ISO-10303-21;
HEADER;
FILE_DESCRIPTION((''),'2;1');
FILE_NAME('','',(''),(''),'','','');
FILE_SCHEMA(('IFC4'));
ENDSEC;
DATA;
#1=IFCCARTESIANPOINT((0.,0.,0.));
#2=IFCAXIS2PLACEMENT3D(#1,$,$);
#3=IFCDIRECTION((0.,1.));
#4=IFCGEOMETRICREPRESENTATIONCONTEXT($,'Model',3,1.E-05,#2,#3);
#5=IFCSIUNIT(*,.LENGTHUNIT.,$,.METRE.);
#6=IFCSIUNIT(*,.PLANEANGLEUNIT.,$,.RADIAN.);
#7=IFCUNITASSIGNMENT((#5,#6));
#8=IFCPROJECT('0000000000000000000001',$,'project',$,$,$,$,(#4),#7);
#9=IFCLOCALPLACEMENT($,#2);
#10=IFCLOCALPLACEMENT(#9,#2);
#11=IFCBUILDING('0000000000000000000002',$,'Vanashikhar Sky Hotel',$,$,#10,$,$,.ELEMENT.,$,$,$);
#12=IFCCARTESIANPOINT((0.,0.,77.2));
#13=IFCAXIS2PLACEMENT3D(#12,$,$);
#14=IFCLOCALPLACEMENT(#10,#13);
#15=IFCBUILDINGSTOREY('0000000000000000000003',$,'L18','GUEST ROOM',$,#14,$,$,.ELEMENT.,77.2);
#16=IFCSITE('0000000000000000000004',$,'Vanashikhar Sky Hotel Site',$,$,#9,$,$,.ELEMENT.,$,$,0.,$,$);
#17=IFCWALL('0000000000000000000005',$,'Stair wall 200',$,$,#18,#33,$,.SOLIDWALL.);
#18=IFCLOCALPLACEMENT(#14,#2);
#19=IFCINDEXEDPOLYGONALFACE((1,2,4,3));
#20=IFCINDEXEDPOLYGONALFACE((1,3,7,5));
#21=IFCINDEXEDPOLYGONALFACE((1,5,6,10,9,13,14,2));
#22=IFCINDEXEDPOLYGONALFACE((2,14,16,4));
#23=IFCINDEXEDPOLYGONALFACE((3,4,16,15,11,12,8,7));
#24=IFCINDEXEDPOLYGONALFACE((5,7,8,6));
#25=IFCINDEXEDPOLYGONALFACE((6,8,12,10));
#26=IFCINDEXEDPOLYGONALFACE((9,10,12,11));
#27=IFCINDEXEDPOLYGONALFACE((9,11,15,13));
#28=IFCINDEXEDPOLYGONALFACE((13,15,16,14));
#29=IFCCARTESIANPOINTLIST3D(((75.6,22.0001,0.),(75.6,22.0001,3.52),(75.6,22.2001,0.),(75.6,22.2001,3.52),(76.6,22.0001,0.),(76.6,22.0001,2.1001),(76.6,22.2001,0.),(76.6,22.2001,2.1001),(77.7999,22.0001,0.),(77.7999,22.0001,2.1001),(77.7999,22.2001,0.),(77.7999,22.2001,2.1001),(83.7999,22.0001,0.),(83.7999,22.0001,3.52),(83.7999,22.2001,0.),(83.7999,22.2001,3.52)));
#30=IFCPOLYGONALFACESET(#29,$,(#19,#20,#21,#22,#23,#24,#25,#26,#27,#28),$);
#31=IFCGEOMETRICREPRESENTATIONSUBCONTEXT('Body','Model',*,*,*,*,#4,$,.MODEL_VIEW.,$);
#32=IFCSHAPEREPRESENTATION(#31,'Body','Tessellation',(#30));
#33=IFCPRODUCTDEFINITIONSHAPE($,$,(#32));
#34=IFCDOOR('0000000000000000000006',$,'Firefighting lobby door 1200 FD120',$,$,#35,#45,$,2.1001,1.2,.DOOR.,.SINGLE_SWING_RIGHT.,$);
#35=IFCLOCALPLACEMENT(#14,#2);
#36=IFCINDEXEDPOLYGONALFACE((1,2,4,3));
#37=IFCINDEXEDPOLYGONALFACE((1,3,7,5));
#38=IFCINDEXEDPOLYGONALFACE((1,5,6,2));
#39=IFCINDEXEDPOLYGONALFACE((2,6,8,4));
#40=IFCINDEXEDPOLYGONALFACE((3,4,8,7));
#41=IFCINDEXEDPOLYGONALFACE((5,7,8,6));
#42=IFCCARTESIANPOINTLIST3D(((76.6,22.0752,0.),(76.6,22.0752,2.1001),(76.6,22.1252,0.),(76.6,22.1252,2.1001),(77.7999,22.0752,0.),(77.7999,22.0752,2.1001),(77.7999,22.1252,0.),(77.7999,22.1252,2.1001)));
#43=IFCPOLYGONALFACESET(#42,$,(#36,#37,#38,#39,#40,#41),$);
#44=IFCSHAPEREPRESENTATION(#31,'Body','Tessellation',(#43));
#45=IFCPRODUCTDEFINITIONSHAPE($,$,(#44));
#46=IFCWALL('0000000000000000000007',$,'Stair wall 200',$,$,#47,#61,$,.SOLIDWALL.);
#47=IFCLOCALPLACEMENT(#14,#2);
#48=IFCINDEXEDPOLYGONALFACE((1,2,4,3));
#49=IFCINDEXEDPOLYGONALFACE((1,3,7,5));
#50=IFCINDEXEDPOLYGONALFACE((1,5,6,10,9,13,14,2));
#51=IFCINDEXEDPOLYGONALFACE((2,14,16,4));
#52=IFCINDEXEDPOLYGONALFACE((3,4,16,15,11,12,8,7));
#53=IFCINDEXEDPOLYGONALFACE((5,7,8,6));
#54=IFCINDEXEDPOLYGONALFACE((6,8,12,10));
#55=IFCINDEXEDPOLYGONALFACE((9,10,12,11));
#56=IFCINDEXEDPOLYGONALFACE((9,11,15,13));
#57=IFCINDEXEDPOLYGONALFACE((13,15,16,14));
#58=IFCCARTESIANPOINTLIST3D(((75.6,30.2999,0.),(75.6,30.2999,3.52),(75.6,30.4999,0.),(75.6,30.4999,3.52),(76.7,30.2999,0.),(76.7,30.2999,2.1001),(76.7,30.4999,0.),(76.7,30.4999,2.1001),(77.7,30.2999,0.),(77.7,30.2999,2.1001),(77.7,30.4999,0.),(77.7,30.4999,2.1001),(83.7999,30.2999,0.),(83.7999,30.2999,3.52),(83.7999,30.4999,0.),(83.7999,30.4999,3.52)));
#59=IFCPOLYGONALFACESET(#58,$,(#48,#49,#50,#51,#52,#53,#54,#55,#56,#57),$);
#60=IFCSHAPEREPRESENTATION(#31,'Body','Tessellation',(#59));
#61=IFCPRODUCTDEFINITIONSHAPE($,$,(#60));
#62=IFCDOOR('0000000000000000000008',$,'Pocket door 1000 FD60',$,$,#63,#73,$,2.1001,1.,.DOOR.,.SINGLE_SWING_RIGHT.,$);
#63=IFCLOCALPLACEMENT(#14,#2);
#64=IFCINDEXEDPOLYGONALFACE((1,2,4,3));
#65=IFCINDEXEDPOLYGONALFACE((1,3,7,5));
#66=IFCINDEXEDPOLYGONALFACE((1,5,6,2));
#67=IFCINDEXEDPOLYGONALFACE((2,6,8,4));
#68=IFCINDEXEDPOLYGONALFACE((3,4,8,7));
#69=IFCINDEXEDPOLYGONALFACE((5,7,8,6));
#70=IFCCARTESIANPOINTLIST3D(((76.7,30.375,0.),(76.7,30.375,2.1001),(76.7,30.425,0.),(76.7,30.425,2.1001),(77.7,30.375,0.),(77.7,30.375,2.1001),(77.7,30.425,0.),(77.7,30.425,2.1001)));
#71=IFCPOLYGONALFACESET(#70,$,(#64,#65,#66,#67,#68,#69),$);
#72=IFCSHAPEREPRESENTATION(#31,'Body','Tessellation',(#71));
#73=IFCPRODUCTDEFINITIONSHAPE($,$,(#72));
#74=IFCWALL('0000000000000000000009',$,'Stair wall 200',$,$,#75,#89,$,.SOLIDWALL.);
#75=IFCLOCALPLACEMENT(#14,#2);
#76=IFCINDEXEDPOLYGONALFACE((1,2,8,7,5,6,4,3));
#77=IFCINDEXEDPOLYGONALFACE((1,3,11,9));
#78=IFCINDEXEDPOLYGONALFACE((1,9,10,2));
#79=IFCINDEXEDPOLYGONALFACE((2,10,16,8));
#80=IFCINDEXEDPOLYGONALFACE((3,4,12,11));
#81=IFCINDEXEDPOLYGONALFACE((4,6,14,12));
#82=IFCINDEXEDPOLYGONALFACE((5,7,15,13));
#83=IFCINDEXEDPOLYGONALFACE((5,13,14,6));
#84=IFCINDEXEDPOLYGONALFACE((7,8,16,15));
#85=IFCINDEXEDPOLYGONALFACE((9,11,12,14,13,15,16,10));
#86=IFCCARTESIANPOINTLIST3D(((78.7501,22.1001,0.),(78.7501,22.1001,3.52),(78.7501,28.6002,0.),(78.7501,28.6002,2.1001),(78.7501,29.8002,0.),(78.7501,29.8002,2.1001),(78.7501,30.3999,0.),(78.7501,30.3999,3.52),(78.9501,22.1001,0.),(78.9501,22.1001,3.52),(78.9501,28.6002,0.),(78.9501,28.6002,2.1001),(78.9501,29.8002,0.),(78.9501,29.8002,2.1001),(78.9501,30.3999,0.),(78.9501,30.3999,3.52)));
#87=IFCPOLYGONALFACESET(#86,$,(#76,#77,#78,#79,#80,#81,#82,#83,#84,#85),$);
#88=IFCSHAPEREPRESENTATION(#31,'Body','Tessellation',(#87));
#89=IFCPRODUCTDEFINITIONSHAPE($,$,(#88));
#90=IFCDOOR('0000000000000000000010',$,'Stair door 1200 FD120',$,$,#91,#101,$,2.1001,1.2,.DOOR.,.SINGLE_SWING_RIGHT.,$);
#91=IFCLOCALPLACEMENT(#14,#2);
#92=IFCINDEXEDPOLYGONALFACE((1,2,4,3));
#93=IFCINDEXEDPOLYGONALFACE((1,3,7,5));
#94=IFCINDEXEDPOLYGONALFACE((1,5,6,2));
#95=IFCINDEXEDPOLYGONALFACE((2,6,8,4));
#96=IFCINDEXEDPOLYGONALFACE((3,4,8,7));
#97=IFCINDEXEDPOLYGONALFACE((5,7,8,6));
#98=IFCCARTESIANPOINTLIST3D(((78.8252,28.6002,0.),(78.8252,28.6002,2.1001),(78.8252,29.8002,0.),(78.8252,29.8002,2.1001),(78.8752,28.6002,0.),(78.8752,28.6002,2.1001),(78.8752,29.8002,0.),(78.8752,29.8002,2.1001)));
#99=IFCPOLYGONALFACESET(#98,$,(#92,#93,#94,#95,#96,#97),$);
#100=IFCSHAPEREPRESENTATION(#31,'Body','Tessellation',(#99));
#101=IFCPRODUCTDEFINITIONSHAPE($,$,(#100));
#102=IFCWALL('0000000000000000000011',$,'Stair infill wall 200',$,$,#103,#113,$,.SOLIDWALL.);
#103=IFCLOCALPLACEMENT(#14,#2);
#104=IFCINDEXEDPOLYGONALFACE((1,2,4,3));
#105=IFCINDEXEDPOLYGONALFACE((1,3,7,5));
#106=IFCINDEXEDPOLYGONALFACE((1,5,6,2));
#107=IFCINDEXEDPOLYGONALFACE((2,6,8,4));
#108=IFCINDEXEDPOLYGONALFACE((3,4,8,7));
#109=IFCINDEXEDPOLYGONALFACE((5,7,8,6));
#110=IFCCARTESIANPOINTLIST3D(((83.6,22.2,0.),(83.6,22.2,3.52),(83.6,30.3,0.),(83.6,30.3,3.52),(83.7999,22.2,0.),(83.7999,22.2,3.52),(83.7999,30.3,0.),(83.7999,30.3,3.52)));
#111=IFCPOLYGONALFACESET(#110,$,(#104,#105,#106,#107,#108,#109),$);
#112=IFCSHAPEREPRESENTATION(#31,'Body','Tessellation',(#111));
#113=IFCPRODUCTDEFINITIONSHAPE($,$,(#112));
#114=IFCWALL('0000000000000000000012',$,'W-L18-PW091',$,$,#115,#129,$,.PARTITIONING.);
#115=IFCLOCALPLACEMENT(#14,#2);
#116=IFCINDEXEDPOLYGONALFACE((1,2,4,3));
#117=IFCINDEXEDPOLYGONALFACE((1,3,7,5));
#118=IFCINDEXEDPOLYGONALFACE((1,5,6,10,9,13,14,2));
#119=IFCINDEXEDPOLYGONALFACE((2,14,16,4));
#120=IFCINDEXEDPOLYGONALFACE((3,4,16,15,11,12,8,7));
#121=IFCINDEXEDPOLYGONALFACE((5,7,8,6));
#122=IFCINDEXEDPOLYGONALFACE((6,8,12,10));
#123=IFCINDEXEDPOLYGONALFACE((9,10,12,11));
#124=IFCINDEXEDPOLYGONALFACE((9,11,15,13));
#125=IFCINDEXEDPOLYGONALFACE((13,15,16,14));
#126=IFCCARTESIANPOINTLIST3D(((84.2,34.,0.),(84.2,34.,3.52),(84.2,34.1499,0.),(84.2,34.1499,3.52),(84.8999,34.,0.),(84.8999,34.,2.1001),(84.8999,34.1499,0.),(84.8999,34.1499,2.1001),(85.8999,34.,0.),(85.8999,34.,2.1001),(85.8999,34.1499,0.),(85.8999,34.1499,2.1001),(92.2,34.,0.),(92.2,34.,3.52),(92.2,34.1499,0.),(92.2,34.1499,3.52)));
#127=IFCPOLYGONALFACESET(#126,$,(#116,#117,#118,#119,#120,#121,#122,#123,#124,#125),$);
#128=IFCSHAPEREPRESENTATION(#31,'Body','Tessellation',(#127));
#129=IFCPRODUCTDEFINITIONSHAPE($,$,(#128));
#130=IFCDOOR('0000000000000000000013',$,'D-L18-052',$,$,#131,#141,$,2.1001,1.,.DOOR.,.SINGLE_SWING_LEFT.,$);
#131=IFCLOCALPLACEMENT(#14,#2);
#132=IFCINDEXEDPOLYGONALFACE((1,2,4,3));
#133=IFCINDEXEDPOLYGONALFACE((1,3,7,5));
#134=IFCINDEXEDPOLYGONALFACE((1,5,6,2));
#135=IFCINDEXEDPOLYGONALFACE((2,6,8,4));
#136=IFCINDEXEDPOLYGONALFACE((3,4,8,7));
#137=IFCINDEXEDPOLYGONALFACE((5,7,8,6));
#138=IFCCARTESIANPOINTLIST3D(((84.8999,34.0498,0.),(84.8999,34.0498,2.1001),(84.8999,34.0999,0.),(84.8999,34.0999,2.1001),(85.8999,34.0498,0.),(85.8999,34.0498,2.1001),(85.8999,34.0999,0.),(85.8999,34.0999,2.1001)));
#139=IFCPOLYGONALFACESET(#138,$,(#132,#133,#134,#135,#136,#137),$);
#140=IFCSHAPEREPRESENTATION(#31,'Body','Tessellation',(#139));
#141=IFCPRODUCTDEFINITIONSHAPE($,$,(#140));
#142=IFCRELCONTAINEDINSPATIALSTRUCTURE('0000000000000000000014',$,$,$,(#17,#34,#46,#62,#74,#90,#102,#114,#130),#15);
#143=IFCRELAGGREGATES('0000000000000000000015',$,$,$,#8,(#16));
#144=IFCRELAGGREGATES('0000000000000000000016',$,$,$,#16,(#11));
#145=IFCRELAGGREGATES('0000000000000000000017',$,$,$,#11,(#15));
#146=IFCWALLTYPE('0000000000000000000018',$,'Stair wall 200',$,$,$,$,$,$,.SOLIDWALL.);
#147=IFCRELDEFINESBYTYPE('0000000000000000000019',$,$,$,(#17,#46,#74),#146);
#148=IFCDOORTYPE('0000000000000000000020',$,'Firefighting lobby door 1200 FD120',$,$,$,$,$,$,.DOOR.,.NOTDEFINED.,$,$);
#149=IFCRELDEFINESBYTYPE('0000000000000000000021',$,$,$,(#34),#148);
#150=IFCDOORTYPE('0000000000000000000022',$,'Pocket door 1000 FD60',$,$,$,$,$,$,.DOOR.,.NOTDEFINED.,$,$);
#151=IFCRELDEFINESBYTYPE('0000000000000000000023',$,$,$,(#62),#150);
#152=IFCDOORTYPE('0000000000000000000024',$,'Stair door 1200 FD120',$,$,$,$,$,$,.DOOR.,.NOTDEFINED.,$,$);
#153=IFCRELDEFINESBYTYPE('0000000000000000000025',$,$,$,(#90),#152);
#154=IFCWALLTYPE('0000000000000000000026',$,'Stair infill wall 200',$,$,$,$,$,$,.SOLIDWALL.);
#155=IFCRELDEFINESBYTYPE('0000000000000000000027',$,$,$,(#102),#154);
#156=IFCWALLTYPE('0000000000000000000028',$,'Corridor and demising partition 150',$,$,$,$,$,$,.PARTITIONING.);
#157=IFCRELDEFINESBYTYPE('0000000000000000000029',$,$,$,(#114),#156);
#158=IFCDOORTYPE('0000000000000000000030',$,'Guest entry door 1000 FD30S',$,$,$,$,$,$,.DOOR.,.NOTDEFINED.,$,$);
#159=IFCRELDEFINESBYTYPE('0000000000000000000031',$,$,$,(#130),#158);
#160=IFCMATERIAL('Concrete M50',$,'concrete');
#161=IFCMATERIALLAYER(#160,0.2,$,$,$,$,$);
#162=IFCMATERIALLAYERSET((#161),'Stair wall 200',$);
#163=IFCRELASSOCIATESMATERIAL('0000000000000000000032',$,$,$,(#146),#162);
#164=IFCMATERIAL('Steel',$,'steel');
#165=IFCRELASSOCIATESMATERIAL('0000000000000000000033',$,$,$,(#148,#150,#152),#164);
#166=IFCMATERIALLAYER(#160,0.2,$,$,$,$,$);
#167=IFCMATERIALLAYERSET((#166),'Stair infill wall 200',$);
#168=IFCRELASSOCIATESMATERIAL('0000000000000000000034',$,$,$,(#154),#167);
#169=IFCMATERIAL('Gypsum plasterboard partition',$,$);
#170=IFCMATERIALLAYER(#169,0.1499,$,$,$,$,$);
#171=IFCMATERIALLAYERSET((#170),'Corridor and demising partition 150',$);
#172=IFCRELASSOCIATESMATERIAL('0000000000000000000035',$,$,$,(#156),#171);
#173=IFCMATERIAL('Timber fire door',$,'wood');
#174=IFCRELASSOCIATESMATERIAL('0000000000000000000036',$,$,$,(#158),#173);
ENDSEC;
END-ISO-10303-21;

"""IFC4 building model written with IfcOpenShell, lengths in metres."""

from ifc_helpers import new_model, si_unit, direction, frame, frame_2d, origin, place, context, subcontext, project, spatial, rectangle, extrude, source, transform, mapped, material, layer, layer_set, type_object, element, fill, save


model = new_model("IFC4")

# Units and contexts
model_context = context("Model", 3, precision=1e-05, world=origin(), true_north=direction((0.0, 1.0)))
body_context = subcontext(model_context, "Body", "Model", "MODEL_VIEW")
ifc_project = project(units=[si_unit("LENGTHUNIT", "METRE"), si_unit("PLANEANGLEUNIT", "RADIAN")], contexts=[model_context])

# Site, building, storey
site_placement = place(None, origin())
site = spatial("IfcSite", under=ifc_project, at=site_placement, Name="Vanashikhar Sky Hotel Site", CompositionType="ELEMENT", RefElevation=0.0)
building_placement = place(site_placement, origin())
building = spatial("IfcBuilding", under=site, at=building_placement, Name="Vanashikhar Sky Hotel", CompositionType="ELEMENT")
storey_placement = place(building_placement, frame((0.0, 0.0, 77.2)))
storey = spatial("IfcBuildingStorey", under=building, at=storey_placement, Name="L18", Description="GUEST ROOM", CompositionType="ELEMENT", Elevation=77.2)

# Shared definitions
ifc_material_1 = material(Name="Concrete M50", Category="concrete")

# Walls, openings, doors
ifc_layer_1 = layer(ifc_material_1, 0.2)
ifc_layer_set_1 = layer_set([ifc_layer_1], Name="Stair wall 200")
wall_type_1 = type_object("IfcWallType", Name="Stair wall 200", PredefinedType="SOLIDWALL", material=ifc_layer_set_1)
shared_shape_1 = source(origin(), body_context, "Body", "SweptSolid", [
    extrude(rectangle(XDim=8.2, YDim=0.2, at=frame_2d((4.1001, 0.0))), origin(), (0.0, 0.0, 1.0), 3.52),
])
wall_1_placement = place(storey_placement, frame((83.8, 22.1001, 0.0), z_axis=(0.0, 0.0, 1.0), x_axis=(-1.0, 0.0, 0.0)))
wall_1 = element("IfcWall", 1, at=wall_1_placement, inside=storey, type_object=wall_type_1, Name="Stair wall 200", PredefinedType="SOLIDWALL", context=body_context, shape_type="MappedRepresentation", body=[
    mapped(shared_shape_1, transform((0.0, 0.0, 0.0), scale=1.0)),
])
shared_shape_2 = source(origin(), body_context, "Body", "SweptSolid", [
    extrude(rectangle(XDim=1.2, YDim=2.1001, at=frame_2d((0.6001, 1.05))), frame((0.0, 0.1099, 0.0), z_axis=(0.0, -1.0, 0.0), x_axis=(1.0, 0.0, 0.0)), (0.0, 0.0, 1.0), 0.22),
])
opening_1_placement = place(wall_1_placement, frame((6.0, 0.0, 0.0)))
opening_1 = element("IfcOpeningElement", 2, at=opening_1_placement, cuts=wall_1, PredefinedType="OPENING", context=body_context, shape_type="MappedRepresentation", body=[
    mapped(shared_shape_2, transform((0.0, 0.0, 0.0), scale=1.0)),
])
ifc_material_2 = material(Name="Steel", Category="steel")
door_type_1 = type_object("IfcDoorType", Name="Firefighting lobby door 1200 FD120", OperationType="NOTDEFINED", PredefinedType="DOOR", material=ifc_material_2)
shared_shape_3 = source(origin(), body_context, "Body", "SweptSolid", [
    extrude(rectangle(XDim=1.2, YDim=2.1001, at=frame_2d((0.6001, 1.05))), frame((0.0, 0.0249, 0.0), z_axis=(0.0, -1.0, 0.0), x_axis=(1.0, 0.0, 0.0)), (0.0, 0.0, 1.0), 0.05),
])
door_1_placement = place(opening_1_placement, origin())
door_1 = element("IfcDoor", 3, at=door_1_placement, inside=storey, type_object=door_type_1, Name="Firefighting lobby door 1200 FD120", OperationType="SINGLE_SWING_RIGHT", OverallHeight=2.1001, OverallWidth=1.2, PredefinedType="DOOR", context=body_context, shape_type="MappedRepresentation", body=[
    mapped(shared_shape_3, transform((0.0, 0.0, 0.0), scale=1.0)),
])
fill(opening_1, door_1)
wall_2_placement = place(storey_placement, frame((83.8, 30.3999, 0.0), z_axis=(0.0, 0.0, 1.0), x_axis=(-1.0, 0.0, 0.0)))
wall_2 = element("IfcWall", 4, at=wall_2_placement, inside=storey, type_object=wall_type_1, Name="Stair wall 200", PredefinedType="SOLIDWALL", context=body_context, shape_type="MappedRepresentation", body=[
    mapped(shared_shape_1, transform((0.0, 0.0, 0.0), scale=1.0)),
])
shared_shape_4 = source(origin(), body_context, "Body", "SweptSolid", [
    extrude(rectangle(XDim=1.0, YDim=2.1001, at=frame_2d((0.5, 1.05))), frame((0.0, 0.1099, 0.0), z_axis=(0.0, -1.0, 0.0), x_axis=(1.0, 0.0, 0.0)), (0.0, 0.0, 1.0), 0.22),
])
opening_2_placement = place(wall_2_placement, frame((6.1001, 0.0, 0.0)))
opening_2 = element("IfcOpeningElement", 5, at=opening_2_placement, cuts=wall_2, PredefinedType="OPENING", context=body_context, shape_type="MappedRepresentation", body=[
    mapped(shared_shape_4, transform((0.0, 0.0, 0.0), scale=1.0)),
])
door_type_2 = type_object("IfcDoorType", Name="Pocket door 1000 FD60", OperationType="NOTDEFINED", PredefinedType="DOOR", material=ifc_material_2)
shared_shape_5 = source(origin(), body_context, "Body", "SweptSolid", [
    extrude(rectangle(XDim=1.0, YDim=2.1001, at=frame_2d((0.5, 1.05))), frame((0.0, 0.0249, 0.0), z_axis=(0.0, -1.0, 0.0), x_axis=(1.0, 0.0, 0.0)), (0.0, 0.0, 1.0), 0.05),
])
door_2_placement = place(opening_2_placement, origin())
door_2 = element("IfcDoor", 6, at=door_2_placement, inside=storey, type_object=door_type_2, Name="Pocket door 1000 FD60", OperationType="SINGLE_SWING_RIGHT", OverallHeight=2.1001, OverallWidth=1.0, PredefinedType="DOOR", context=body_context, shape_type="MappedRepresentation", body=[
    mapped(shared_shape_5, transform((0.0, 0.0, 0.0), scale=1.0)),
])
fill(opening_2, door_2)
shared_shape_6 = source(origin(), body_context, "Body", "SweptSolid", [
    extrude(rectangle(XDim=8.2998, YDim=0.2, at=frame_2d((4.1499, 0.0))), origin(), (0.0, 0.0, 1.0), 3.52),
])
wall_3_placement = place(storey_placement, frame((78.8501, 22.1001, 0.0), z_axis=(0.0, 0.0, 1.0), x_axis=(0.0, 1.0, 0.0)))
wall_3 = element("IfcWall", 7, at=wall_3_placement, inside=storey, type_object=wall_type_1, Name="Stair wall 200", PredefinedType="SOLIDWALL", context=body_context, shape_type="MappedRepresentation", body=[
    mapped(shared_shape_6, transform((0.0, 0.0, 0.0), scale=1.0)),
])
opening_3_placement = place(wall_3_placement, frame((6.5, 0.0, 0.0)))
opening_3 = element("IfcOpeningElement", 8, at=opening_3_placement, cuts=wall_3, PredefinedType="OPENING", context=body_context, shape_type="MappedRepresentation", body=[
    mapped(shared_shape_2, transform((0.0, 0.0, 0.0), scale=1.0)),
])
door_type_3 = type_object("IfcDoorType", Name="Stair door 1200 FD120", OperationType="NOTDEFINED", PredefinedType="DOOR", material=ifc_material_2)
door_3_placement = place(opening_3_placement, origin())
door_3 = element("IfcDoor", 9, at=door_3_placement, inside=storey, type_object=door_type_3, Name="Stair door 1200 FD120", OperationType="SINGLE_SWING_RIGHT", OverallHeight=2.1001, OverallWidth=1.2, PredefinedType="DOOR", context=body_context, shape_type="MappedRepresentation", body=[
    mapped(shared_shape_3, transform((0.0, 0.0, 0.0), scale=1.0)),
])
fill(opening_3, door_3)

# Wall
ifc_layer_2 = layer(ifc_material_1, 0.2)
ifc_layer_set_2 = layer_set([ifc_layer_2], Name="Stair infill wall 200")
wall_type_2 = type_object("IfcWallType", Name="Stair infill wall 200", PredefinedType="SOLIDWALL", material=ifc_layer_set_2)
shared_shape_7 = source(origin(), body_context, "Body", "SweptSolid", [
    extrude(rectangle(XDim=8.1001, YDim=0.2, at=frame_2d((4.05, 0.0))), origin(), (0.0, 0.0, 1.0), 3.52),
])
wall_4_placement = place(storey_placement, frame((83.7, 22.2, 0.0), z_axis=(0.0, 0.0, 1.0), x_axis=(0.0, 1.0, 0.0)))
element("IfcWall", 10, at=wall_4_placement, inside=storey, type_object=wall_type_2, Name="Stair infill wall 200", PredefinedType="SOLIDWALL", context=body_context, shape_type="MappedRepresentation", body=[
    mapped(shared_shape_7, transform((0.0, 0.0, 0.0), scale=1.0)),
])

# Wall, opening, door
ifc_material_3 = material(Name="Gypsum plasterboard partition")
ifc_layer_3 = layer(ifc_material_3, 0.1499)
ifc_layer_set_3 = layer_set([ifc_layer_3], Name="Corridor and demising partition 150")
wall_type_3 = type_object("IfcWallType", Name="Corridor and demising partition 150", PredefinedType="PARTITIONING", material=ifc_layer_set_3)
shared_shape_8 = source(origin(), body_context, "Body", "SweptSolid", [
    extrude(rectangle(XDim=8.0, YDim=0.1499, at=frame_2d((4.0, 0.0))), origin(), (0.0, 0.0, 1.0), 3.52),
])
wall_5_placement = place(storey_placement, frame((84.2, 34.075, 0.0), z_axis=(0.0, 0.0, 1.0), x_axis=(1.0, 0.0, 0.0)))
wall_5 = element("IfcWall", 11, at=wall_5_placement, inside=storey, type_object=wall_type_3, Name="W-L18-PW091", PredefinedType="PARTITIONING", context=body_context, shape_type="MappedRepresentation", body=[
    mapped(shared_shape_8, transform((0.0, 0.0, 0.0), scale=1.0)),
])
shared_shape_9 = source(origin(), body_context, "Body", "SweptSolid", [
    extrude(rectangle(XDim=1.0, YDim=2.1001, at=frame_2d((0.5, 1.05))), frame((0.0, 0.085, 0.0), z_axis=(0.0, -1.0, 0.0), x_axis=(1.0, 0.0, 0.0)), (0.0, 0.0, 1.0), 0.1699),
])
opening_4_placement = place(wall_5_placement, frame((0.7, 0.0, 0.0)))
opening_4 = element("IfcOpeningElement", 12, at=opening_4_placement, cuts=wall_5, PredefinedType="OPENING", context=body_context, shape_type="MappedRepresentation", body=[
    mapped(shared_shape_9, transform((0.0, 0.0, 0.0), scale=1.0)),
])
ifc_material_4 = material(Name="Timber fire door", Category="wood")
door_type_4 = type_object("IfcDoorType", Name="Guest entry door 1000 FD30S", OperationType="NOTDEFINED", PredefinedType="DOOR", material=ifc_material_4)
door_4_placement = place(opening_4_placement, origin())
door_4 = element("IfcDoor", 13, at=door_4_placement, inside=storey, type_object=door_type_4, Name="D-L18-052", OperationType="SINGLE_SWING_LEFT", OverallHeight=2.1001, OverallWidth=1.0, PredefinedType="DOOR", context=body_context, shape_type="MappedRepresentation", body=[
    mapped(shared_shape_5, transform((0.0, 0.0, 0.0), scale=1.0)),
])
fill(opening_4, door_4)

save(model, "model.ifc")
